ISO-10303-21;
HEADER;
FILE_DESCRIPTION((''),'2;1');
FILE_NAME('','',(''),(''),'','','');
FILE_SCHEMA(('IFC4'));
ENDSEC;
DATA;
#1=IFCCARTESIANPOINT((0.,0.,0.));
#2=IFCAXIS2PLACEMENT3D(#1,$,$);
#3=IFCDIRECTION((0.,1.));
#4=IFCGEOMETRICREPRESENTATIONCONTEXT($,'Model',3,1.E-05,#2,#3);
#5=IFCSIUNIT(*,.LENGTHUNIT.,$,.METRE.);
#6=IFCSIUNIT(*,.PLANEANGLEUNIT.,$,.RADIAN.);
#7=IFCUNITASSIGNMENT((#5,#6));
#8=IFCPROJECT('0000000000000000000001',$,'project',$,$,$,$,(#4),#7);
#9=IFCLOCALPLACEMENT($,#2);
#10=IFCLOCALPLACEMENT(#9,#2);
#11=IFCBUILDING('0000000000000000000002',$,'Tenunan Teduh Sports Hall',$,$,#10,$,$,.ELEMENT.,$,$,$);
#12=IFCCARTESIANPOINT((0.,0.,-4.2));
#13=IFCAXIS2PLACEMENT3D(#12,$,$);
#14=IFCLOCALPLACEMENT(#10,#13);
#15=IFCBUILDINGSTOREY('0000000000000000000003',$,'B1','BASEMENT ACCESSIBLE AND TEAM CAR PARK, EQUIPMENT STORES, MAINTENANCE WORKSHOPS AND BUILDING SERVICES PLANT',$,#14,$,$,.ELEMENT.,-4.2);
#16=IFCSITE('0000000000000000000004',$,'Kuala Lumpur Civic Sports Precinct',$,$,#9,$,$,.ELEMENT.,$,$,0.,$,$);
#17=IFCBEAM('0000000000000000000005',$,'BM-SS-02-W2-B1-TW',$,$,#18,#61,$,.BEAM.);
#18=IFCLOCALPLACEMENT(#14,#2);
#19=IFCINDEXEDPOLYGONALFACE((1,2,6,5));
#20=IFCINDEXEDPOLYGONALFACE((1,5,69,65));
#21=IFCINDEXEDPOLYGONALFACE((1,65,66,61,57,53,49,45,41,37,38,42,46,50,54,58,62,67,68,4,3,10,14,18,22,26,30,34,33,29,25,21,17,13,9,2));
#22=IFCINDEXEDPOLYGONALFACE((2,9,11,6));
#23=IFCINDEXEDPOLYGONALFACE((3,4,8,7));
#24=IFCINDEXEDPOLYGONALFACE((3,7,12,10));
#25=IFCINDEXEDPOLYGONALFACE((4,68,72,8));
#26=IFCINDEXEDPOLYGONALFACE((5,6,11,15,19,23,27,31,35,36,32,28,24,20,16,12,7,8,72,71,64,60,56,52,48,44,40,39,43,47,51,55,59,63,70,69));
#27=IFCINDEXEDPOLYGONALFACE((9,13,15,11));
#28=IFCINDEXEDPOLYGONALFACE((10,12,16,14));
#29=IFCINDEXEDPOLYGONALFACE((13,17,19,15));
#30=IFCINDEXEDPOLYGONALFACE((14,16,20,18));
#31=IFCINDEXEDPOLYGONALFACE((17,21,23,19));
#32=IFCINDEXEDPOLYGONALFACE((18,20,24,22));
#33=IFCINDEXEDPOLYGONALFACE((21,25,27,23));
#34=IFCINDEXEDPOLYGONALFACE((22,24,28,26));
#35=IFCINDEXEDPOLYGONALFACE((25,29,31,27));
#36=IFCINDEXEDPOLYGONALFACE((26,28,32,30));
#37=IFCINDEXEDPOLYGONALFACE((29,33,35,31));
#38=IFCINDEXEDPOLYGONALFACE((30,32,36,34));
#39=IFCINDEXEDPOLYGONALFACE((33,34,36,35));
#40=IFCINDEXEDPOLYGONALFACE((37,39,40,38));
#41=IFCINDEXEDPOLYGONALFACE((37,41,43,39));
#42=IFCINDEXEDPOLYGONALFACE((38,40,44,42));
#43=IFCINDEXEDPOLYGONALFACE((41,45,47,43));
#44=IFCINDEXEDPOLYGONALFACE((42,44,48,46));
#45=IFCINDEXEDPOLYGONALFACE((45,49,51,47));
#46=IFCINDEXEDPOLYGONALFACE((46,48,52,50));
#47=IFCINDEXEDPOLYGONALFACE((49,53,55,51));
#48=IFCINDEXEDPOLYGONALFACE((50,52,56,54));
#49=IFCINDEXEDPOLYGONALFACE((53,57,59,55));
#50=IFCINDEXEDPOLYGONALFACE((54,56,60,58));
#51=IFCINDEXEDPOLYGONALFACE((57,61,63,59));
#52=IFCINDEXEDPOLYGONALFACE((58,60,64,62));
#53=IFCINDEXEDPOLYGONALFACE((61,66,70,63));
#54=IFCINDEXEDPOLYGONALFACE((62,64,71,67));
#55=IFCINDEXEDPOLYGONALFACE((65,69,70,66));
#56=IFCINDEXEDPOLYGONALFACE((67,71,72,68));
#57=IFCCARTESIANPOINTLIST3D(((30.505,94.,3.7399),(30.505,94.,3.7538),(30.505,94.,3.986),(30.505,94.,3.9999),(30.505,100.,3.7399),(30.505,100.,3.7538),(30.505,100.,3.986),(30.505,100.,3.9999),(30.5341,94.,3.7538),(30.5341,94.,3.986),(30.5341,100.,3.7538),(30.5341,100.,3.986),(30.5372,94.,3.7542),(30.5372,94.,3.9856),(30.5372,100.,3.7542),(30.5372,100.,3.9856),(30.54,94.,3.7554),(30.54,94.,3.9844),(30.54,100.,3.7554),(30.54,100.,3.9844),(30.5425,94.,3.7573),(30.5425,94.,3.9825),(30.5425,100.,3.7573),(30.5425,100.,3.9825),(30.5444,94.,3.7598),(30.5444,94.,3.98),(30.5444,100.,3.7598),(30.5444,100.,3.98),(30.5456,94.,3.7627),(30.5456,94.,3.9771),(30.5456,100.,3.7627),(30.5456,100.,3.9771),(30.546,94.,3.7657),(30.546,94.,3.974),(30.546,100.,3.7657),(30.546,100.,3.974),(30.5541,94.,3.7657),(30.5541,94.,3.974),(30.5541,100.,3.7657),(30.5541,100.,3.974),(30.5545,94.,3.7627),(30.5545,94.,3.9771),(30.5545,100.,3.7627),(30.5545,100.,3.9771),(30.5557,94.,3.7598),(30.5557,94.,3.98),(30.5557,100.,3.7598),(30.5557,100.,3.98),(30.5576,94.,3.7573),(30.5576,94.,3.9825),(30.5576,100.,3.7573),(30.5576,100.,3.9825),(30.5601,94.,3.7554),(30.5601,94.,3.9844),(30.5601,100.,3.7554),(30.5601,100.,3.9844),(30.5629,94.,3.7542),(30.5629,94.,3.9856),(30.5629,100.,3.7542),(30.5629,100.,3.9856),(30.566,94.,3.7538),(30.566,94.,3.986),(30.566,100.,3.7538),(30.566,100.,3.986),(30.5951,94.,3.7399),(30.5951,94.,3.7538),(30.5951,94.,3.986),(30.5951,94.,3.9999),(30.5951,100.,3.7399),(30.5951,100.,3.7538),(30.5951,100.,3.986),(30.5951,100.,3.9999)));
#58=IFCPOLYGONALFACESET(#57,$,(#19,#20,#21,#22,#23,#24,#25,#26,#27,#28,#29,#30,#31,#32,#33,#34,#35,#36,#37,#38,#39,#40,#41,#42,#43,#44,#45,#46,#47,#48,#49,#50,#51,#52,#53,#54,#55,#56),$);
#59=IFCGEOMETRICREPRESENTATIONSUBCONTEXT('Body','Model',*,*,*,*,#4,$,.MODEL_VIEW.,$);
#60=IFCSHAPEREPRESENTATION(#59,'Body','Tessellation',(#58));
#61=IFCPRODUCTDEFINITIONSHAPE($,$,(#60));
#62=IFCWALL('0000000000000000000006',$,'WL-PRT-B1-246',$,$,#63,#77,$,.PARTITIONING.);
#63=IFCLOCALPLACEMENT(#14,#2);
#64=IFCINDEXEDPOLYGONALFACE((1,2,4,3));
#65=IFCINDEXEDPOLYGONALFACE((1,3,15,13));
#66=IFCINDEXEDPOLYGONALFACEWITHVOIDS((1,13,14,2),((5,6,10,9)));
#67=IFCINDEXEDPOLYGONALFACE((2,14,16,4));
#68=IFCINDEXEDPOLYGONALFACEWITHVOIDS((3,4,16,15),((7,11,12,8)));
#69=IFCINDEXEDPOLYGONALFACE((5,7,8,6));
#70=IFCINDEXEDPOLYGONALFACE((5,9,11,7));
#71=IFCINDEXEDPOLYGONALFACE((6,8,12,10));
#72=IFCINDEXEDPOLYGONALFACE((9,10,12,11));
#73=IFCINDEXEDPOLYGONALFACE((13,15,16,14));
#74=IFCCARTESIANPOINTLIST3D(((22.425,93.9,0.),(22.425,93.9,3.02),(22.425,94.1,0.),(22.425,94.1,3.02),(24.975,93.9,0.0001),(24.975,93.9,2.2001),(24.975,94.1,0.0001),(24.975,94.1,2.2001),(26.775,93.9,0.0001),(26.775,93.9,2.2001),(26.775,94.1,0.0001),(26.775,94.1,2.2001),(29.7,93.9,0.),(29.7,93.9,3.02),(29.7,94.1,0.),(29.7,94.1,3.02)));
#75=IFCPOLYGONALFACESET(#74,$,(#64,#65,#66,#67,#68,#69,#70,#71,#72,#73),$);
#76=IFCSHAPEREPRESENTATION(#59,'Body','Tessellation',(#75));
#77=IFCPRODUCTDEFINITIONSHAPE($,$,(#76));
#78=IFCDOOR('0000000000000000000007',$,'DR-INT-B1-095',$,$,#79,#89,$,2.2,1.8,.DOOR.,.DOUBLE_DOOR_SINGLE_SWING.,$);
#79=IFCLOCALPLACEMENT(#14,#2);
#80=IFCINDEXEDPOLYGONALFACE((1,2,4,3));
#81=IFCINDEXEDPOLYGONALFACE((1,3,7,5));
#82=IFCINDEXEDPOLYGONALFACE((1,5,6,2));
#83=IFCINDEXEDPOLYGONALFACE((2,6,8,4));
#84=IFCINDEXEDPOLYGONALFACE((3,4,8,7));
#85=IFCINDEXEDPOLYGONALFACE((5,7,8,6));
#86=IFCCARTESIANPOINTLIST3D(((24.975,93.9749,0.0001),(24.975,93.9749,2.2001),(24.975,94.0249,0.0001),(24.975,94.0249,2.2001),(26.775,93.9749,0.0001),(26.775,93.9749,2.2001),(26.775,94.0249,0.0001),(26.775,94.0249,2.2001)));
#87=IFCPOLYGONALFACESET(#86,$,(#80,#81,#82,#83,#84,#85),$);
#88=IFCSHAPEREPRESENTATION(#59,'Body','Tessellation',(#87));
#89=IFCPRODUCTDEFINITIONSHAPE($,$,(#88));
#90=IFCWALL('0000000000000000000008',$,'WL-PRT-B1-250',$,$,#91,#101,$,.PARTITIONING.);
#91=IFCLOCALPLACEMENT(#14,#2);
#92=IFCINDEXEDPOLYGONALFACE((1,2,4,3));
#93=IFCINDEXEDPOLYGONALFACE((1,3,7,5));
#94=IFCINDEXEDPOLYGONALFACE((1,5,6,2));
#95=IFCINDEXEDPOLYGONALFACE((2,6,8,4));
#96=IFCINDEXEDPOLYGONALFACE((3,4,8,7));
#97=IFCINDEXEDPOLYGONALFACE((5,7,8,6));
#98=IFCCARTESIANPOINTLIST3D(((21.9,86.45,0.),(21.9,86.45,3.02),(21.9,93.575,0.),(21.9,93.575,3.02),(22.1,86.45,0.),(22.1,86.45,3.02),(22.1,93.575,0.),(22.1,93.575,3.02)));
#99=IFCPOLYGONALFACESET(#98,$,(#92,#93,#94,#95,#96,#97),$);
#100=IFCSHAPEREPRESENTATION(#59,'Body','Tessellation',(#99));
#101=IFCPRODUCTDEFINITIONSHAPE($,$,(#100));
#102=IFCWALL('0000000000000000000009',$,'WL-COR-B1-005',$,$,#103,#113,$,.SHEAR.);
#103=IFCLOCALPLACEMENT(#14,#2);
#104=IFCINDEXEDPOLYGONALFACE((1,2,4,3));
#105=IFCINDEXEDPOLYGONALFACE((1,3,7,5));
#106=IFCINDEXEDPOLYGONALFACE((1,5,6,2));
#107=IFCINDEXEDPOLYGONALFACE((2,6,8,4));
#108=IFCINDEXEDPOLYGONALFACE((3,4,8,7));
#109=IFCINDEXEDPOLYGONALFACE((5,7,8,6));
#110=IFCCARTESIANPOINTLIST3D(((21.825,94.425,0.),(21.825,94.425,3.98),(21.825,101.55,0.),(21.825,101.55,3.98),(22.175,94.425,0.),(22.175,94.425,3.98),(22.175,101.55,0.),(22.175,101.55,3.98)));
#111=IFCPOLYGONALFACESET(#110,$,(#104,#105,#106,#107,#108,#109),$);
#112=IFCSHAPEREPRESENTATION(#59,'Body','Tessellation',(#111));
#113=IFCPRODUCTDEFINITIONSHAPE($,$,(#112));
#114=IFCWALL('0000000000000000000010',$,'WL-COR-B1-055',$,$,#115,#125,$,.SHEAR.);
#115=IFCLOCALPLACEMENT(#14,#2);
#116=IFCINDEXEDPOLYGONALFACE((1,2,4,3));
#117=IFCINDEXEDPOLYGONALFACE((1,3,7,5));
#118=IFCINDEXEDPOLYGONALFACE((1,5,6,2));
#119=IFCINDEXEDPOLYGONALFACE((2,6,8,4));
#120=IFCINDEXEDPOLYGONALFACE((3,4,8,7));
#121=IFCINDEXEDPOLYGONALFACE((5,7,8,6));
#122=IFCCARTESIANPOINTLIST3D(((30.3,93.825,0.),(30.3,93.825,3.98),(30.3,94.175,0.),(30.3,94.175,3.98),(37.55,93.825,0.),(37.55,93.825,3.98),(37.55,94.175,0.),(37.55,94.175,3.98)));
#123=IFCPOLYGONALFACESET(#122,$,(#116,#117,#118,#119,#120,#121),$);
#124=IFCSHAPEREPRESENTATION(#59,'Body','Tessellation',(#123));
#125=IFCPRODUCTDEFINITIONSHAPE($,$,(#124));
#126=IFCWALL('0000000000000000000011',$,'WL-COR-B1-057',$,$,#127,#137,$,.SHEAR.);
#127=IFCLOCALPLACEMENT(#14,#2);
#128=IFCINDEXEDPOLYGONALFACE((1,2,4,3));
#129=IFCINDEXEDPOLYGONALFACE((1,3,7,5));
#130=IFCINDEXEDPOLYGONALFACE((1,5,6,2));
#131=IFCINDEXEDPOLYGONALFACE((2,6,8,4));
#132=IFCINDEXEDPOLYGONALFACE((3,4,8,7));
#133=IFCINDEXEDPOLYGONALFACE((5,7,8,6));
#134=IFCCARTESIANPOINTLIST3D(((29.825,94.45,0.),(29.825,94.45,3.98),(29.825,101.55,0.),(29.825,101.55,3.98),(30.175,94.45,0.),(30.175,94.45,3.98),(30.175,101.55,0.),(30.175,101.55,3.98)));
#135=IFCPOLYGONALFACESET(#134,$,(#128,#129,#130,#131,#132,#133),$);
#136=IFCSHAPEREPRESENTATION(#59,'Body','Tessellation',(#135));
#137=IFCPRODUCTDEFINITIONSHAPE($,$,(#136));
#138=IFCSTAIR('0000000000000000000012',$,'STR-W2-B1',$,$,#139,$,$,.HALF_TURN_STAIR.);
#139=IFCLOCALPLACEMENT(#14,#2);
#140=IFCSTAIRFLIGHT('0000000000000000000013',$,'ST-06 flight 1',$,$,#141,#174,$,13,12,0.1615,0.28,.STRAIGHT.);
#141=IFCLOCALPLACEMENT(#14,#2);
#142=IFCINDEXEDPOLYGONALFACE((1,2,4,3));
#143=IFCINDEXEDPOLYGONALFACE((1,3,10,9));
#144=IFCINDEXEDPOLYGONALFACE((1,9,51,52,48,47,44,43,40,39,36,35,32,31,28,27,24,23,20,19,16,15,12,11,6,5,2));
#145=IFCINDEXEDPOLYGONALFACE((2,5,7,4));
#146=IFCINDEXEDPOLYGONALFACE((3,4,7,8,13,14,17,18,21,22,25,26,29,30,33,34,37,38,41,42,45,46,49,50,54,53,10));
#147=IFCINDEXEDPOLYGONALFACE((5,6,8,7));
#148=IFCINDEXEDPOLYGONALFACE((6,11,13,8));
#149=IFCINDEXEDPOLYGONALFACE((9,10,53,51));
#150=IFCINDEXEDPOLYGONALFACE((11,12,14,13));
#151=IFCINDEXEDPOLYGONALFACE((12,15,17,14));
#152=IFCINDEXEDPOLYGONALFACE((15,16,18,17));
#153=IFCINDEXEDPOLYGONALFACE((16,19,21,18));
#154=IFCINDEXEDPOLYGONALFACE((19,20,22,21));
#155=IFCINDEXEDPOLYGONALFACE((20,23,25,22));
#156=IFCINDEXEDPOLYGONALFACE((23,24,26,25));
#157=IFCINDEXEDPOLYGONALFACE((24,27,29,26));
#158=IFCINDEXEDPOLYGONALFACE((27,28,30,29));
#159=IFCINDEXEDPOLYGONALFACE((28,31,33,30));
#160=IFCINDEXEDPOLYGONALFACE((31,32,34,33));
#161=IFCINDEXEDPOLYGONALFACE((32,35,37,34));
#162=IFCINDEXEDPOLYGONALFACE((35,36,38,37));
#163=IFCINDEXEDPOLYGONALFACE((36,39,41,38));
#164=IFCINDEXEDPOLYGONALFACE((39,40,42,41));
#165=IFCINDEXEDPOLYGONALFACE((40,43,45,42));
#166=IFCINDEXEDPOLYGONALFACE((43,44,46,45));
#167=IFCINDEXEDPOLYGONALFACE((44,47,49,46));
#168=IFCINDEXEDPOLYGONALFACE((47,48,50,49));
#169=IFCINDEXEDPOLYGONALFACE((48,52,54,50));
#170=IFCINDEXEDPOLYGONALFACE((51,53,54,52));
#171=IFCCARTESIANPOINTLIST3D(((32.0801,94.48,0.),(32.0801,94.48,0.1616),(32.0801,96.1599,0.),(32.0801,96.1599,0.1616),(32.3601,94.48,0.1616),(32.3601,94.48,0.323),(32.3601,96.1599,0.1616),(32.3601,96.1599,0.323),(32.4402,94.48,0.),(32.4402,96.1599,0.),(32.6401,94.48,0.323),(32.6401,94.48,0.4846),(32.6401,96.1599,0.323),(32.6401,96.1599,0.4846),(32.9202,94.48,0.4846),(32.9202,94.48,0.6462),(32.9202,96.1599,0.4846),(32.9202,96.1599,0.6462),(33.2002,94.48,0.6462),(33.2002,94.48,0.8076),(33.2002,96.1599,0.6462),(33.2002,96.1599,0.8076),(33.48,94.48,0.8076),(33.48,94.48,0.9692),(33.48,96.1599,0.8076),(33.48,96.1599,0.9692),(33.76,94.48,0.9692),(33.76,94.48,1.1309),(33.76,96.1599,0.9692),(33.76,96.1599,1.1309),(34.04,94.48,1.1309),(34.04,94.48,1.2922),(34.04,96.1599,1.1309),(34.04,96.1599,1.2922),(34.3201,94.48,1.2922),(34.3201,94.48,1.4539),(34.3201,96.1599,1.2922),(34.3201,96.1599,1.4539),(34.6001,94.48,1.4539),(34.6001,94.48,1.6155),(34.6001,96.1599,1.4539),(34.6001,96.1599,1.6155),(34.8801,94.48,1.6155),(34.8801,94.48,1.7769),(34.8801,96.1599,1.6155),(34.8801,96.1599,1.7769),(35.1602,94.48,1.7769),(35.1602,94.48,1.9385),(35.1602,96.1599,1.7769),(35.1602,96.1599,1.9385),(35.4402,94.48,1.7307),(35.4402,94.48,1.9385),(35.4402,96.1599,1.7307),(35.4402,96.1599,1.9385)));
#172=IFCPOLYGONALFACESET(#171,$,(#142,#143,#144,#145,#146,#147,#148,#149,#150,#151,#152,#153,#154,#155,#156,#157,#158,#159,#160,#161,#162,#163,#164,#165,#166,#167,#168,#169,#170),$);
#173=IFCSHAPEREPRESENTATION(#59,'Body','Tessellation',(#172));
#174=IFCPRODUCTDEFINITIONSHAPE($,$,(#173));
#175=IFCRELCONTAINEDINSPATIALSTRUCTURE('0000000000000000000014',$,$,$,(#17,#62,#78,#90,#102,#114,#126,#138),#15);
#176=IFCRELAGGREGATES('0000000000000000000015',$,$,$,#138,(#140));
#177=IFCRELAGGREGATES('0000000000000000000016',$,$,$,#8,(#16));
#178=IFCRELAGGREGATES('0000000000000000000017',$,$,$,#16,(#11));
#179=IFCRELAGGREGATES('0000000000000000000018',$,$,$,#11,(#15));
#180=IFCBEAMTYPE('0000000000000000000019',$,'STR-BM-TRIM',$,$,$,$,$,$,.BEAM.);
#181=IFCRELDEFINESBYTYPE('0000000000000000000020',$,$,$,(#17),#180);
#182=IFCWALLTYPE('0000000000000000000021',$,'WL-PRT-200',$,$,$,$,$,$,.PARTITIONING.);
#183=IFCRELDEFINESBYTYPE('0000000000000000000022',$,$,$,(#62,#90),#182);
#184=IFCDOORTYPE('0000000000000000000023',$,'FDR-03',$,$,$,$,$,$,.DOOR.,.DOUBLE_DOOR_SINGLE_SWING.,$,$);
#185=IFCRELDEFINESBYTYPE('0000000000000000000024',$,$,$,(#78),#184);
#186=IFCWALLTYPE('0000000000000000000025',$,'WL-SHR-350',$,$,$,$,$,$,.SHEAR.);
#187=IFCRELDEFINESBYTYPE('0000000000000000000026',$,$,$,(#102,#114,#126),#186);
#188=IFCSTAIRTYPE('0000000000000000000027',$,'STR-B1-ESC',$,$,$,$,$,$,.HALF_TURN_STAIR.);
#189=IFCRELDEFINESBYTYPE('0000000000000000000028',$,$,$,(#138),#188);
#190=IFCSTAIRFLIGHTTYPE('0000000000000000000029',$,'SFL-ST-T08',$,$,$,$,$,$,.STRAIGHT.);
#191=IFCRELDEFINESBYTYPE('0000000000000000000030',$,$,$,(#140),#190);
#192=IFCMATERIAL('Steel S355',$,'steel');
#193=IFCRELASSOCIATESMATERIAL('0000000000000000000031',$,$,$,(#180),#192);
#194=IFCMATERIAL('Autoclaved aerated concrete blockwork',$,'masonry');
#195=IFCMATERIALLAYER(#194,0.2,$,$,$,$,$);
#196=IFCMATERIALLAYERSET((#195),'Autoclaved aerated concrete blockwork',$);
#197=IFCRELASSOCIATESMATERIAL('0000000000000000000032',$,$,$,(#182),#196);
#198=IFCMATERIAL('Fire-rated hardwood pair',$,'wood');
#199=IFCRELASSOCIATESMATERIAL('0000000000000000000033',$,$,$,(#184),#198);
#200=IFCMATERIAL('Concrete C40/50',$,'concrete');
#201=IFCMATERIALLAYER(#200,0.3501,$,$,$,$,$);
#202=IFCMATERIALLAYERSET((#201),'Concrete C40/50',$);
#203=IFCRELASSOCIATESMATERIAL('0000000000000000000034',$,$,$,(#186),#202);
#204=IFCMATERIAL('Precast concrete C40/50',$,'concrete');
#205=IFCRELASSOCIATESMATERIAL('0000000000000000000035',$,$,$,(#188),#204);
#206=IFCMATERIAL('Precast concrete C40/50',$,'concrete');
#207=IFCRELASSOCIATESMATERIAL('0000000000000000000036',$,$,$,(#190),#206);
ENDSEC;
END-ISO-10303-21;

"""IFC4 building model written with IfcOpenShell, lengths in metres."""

from ifc_helpers import new_model, si_unit, direction, frame, frame_2d, origin, origin_2d, place, context, subcontext, project, spatial, polyline, rectangle, i_section, outline, extrude, material, layer, layer_set, material_profile, profile_set, type_object, element, fill, aggregate, save


model = new_model("IFC4")

# Units and contexts
model_context = context("Model", 3, precision=1e-05, world=origin(), true_north=direction((0.0, 1.0)))
body_context = subcontext(model_context, "Body", "Model", "MODEL_VIEW")
ifc_project = project(units=[si_unit("LENGTHUNIT", "METRE"), si_unit("PLANEANGLEUNIT", "RADIAN")], contexts=[model_context])

# Site, building, storey
site_placement = place(None, origin())
site = spatial("IfcSite", under=ifc_project, at=site_placement, Name="Kuala Lumpur Civic Sports Precinct", CompositionType="ELEMENT", RefElevation=0.0)
building_placement = place(site_placement, origin())
building = spatial("IfcBuilding", under=site, at=building_placement, Name="Tenunan Teduh Sports Hall", CompositionType="ELEMENT")
storey_placement = place(building_placement, frame((0.0, 0.0, -4.2)))
storey = spatial("IfcBuildingStorey", under=building, at=storey_placement, Name="B1", Description="BASEMENT ACCESSIBLE AND TEAM CAR PARK, EQUIPMENT STORES, MAINTENANCE WORKSHOPS AND BUILDING SERVICES PLANT", CompositionType="ELEMENT", Elevation=-4.2)

# Beam
ifc_material_1 = material(Name="Steel S355", Category="steel")
ifc_material_profile_1 = material_profile(ifc_material_1, i_section(OverallWidth=0.0901, OverallDepth=0.26, WebThickness=0.0081, FlangeThickness=0.0139, FilletRadius=0.012, at=origin_2d()), Name="PFC 260x90")
ifc_profile_set_1 = profile_set([ifc_material_profile_1], Name="Steel S355")
beam_type = type_object("IfcBeamType", Name="STR-BM-TRIM", PredefinedType="BEAM", material=ifc_profile_set_1)
for number, where, z_axis, x_axis, name in (
    (1, (30.55, 94.0, 3.8699), (0.0, 1.0, 0.0), (-1.0, 0.0, 0.0), "BM-SS-02-W2-B1-TW"),
):
    element("IfcBeam", number, at=place(storey_placement, frame(where, z_axis=z_axis, x_axis=x_axis)), inside=storey, type_object=beam_type, Name=name, PredefinedType="BEAM", context=body_context, shape_type="SweptSolid", body=[
        extrude(i_section(OverallWidth=0.0901, OverallDepth=0.26, WebThickness=0.0081, FlangeThickness=0.0139, FilletRadius=0.012, at=origin_2d()), origin(), (0.0, 0.0, 1.0), 6.0),
    ])

# Wall, opening, door
ifc_material_2 = material(Name="Autoclaved aerated concrete blockwork", Category="masonry")
ifc_layer_1 = layer(ifc_material_2, 0.2)
ifc_layer_set_1 = layer_set([ifc_layer_1], Name="Autoclaved aerated concrete blockwork")
wall_type_1 = type_object("IfcWallType", Name="WL-PRT-200", PredefinedType="PARTITIONING", material=ifc_layer_set_1)
wall_1_placement = place(storey_placement, frame((22.425, 94.0, 0.0), z_axis=(0.0, 0.0, 1.0), x_axis=(1.0, 0.0, 0.0)))
wall_1 = element("IfcWall", 2, at=wall_1_placement, inside=storey, type_object=wall_type_1, Name="WL-PRT-B1-246", PredefinedType="PARTITIONING", context=body_context, shape_type="SweptSolid", body=[
    extrude(rectangle(XDim=7.2749, YDim=0.2, at=frame_2d((3.6375, 0.0))), origin(), (0.0, 0.0, 1.0), 3.02),
])
opening_placement = place(wall_1_placement, frame((2.55, 0.0, 0.0)))
opening = element("IfcOpeningElement", 3, at=opening_placement, cuts=wall_1, PredefinedType="OPENING", context=body_context, shape_type="SweptSolid", body=[
    extrude(rectangle(XDim=1.8, YDim=2.2, at=frame_2d((0.8999, 1.1001))), frame((0.0, 0.1099, 0.0), z_axis=(0.0, -1.0, 0.0), x_axis=(1.0, 0.0, 0.0)), (0.0, 0.0, 1.0), 0.22),
])
ifc_material_3 = material(Name="Fire-rated hardwood pair", Category="wood")
door_type = type_object("IfcDoorType", Name="FDR-03", OperationType="DOUBLE_DOOR_SINGLE_SWING", PredefinedType="DOOR", material=ifc_material_3)
door_placement = place(opening_placement, origin())
door = element("IfcDoor", 4, at=door_placement, inside=storey, type_object=door_type, Name="DR-INT-B1-095", OperationType="DOUBLE_DOOR_SINGLE_SWING", OverallHeight=2.2, OverallWidth=1.8, PredefinedType="DOOR", context=body_context, shape_type="SweptSolid", body=[
    extrude(rectangle(XDim=1.8, YDim=2.2, at=frame_2d((0.8999, 1.1001))), frame((0.0, 0.0249, 0.0), z_axis=(0.0, -1.0, 0.0), x_axis=(1.0, 0.0, 0.0)), (0.0, 0.0, 1.0), 0.05),
])
fill(opening, door)

# Walls
wall_2_placement = place(storey_placement, frame((22.0, 86.45, 0.0), z_axis=(0.0, 0.0, 1.0), x_axis=(0.0, 1.0, 0.0)))
element("IfcWall", 5, at=wall_2_placement, inside=storey, type_object=wall_type_1, Name="WL-PRT-B1-250", PredefinedType="PARTITIONING", context=body_context, shape_type="SweptSolid", body=[
    extrude(rectangle(XDim=7.125, YDim=0.2, at=frame_2d((3.5625, 0.0))), origin(), (0.0, 0.0, 1.0), 3.02),
])
ifc_material_4 = material(Name="Concrete C40/50", Category="concrete")
ifc_layer_2 = layer(ifc_material_4, 0.3501)
ifc_layer_set_2 = layer_set([ifc_layer_2], Name="Concrete C40/50")
wall_type_2 = type_object("IfcWallType", Name="WL-SHR-350", PredefinedType="SHEAR", material=ifc_layer_set_2)
wall_3_placement = place(storey_placement, frame((22.0, 94.425, 0.0), z_axis=(0.0, 0.0, 1.0), x_axis=(0.0, 1.0, 0.0)))
element("IfcWall", 6, at=wall_3_placement, inside=storey, type_object=wall_type_2, Name="WL-COR-B1-005", PredefinedType="SHEAR", context=body_context, shape_type="SweptSolid", body=[
    extrude(rectangle(XDim=7.125, YDim=0.3501, at=frame_2d((3.5625, 0.0))), origin(), (0.0, 0.0, 1.0), 3.98),
])
wall_4_placement = place(storey_placement, frame((30.3, 94.0, 0.0), z_axis=(0.0, 0.0, 1.0), x_axis=(1.0, 0.0, 0.0)))
element("IfcWall", 7, at=wall_4_placement, inside=storey, type_object=wall_type_2, Name="WL-COR-B1-055", PredefinedType="SHEAR", context=body_context, shape_type="SweptSolid", body=[
    extrude(rectangle(XDim=7.25, YDim=0.3501, at=frame_2d((3.625, 0.0))), origin(), (0.0, 0.0, 1.0), 3.98),
])
wall_5_placement = place(storey_placement, frame((30.0, 94.45, 0.0), z_axis=(0.0, 0.0, 1.0), x_axis=(0.0, 1.0, 0.0)))
element("IfcWall", 8, at=wall_5_placement, inside=storey, type_object=wall_type_2, Name="WL-COR-B1-057", PredefinedType="SHEAR", context=body_context, shape_type="SweptSolid", body=[
    extrude(rectangle(XDim=7.1001, YDim=0.3501, at=frame_2d((3.55, 0.0))), origin(), (0.0, 0.0, 1.0), 3.98),
])

# Stair, stair flight
ifc_material_5 = material(Name="Precast concrete C40/50", Category="concrete")
stair_type = type_object("IfcStairType", Name="STR-B1-ESC", PredefinedType="HALF_TURN_STAIR", material=ifc_material_5)
stair_placement = place(storey_placement, origin())
stair = element("IfcStair", 9, at=stair_placement, inside=storey, type_object=stair_type, Name="STR-W2-B1", PredefinedType="HALF_TURN_STAIR")
ifc_material_6 = material(Name="Precast concrete C40/50", Category="concrete")
stair_flight_type = type_object("IfcStairFlightType", Name="SFL-ST-T08", PredefinedType="STRAIGHT", material=ifc_material_6)
stair_flight_placement = place(storey_placement, frame((32.0801, 95.3201, 0.0), z_axis=(0.0, 0.0, 1.0), x_axis=(1.0, 0.0, 0.0)))
stair_flight = element("IfcStairFlight", 10, at=stair_flight_placement, type_object=stair_flight_type, Name="ST-06 flight 1", NumberOfRisers=13, NumberOfTreads=12, PredefinedType="STRAIGHT", RiserHeight=0.1615, TreadLength=0.28, context=body_context, shape_type="SweptSolid", body=[
    extrude(outline(polyline([(0.0, 0.0), (0.0, 0.1616), (0.28, 0.1616), (0.28, 0.323), (0.5601, 0.323), (0.5601, 0.4846), (0.8401, 0.4846), (0.8401, 0.6462), (1.1201, 0.6462), (1.1201, 0.8076), (1.3999, 0.8076), (1.3999, 0.9692), (1.6799, 0.9692), (1.6799, 1.1309), (1.96, 1.1309), (1.96, 1.2922), (2.24, 1.2922), (2.24, 1.4539), (2.52, 1.4539), (2.52, 1.6155), (2.8, 1.6155), (2.8, 1.7769), (3.0801, 1.7769), (3.0801, 1.9385), (3.3601, 1.9385), (3.3601, 2.1001), (3.3601, 1.7307), (0.3601, 0.0), (0.0, 0.0)])), frame((0.0, 0.8398, 0.0), z_axis=(0.0, -1.0, 0.0), x_axis=(1.0, 0.0, 0.0)), (0.0, 0.0, 1.0), 1.6799),
])
aggregate(stair, [stair_flight])

save(model, "model.ifc")
